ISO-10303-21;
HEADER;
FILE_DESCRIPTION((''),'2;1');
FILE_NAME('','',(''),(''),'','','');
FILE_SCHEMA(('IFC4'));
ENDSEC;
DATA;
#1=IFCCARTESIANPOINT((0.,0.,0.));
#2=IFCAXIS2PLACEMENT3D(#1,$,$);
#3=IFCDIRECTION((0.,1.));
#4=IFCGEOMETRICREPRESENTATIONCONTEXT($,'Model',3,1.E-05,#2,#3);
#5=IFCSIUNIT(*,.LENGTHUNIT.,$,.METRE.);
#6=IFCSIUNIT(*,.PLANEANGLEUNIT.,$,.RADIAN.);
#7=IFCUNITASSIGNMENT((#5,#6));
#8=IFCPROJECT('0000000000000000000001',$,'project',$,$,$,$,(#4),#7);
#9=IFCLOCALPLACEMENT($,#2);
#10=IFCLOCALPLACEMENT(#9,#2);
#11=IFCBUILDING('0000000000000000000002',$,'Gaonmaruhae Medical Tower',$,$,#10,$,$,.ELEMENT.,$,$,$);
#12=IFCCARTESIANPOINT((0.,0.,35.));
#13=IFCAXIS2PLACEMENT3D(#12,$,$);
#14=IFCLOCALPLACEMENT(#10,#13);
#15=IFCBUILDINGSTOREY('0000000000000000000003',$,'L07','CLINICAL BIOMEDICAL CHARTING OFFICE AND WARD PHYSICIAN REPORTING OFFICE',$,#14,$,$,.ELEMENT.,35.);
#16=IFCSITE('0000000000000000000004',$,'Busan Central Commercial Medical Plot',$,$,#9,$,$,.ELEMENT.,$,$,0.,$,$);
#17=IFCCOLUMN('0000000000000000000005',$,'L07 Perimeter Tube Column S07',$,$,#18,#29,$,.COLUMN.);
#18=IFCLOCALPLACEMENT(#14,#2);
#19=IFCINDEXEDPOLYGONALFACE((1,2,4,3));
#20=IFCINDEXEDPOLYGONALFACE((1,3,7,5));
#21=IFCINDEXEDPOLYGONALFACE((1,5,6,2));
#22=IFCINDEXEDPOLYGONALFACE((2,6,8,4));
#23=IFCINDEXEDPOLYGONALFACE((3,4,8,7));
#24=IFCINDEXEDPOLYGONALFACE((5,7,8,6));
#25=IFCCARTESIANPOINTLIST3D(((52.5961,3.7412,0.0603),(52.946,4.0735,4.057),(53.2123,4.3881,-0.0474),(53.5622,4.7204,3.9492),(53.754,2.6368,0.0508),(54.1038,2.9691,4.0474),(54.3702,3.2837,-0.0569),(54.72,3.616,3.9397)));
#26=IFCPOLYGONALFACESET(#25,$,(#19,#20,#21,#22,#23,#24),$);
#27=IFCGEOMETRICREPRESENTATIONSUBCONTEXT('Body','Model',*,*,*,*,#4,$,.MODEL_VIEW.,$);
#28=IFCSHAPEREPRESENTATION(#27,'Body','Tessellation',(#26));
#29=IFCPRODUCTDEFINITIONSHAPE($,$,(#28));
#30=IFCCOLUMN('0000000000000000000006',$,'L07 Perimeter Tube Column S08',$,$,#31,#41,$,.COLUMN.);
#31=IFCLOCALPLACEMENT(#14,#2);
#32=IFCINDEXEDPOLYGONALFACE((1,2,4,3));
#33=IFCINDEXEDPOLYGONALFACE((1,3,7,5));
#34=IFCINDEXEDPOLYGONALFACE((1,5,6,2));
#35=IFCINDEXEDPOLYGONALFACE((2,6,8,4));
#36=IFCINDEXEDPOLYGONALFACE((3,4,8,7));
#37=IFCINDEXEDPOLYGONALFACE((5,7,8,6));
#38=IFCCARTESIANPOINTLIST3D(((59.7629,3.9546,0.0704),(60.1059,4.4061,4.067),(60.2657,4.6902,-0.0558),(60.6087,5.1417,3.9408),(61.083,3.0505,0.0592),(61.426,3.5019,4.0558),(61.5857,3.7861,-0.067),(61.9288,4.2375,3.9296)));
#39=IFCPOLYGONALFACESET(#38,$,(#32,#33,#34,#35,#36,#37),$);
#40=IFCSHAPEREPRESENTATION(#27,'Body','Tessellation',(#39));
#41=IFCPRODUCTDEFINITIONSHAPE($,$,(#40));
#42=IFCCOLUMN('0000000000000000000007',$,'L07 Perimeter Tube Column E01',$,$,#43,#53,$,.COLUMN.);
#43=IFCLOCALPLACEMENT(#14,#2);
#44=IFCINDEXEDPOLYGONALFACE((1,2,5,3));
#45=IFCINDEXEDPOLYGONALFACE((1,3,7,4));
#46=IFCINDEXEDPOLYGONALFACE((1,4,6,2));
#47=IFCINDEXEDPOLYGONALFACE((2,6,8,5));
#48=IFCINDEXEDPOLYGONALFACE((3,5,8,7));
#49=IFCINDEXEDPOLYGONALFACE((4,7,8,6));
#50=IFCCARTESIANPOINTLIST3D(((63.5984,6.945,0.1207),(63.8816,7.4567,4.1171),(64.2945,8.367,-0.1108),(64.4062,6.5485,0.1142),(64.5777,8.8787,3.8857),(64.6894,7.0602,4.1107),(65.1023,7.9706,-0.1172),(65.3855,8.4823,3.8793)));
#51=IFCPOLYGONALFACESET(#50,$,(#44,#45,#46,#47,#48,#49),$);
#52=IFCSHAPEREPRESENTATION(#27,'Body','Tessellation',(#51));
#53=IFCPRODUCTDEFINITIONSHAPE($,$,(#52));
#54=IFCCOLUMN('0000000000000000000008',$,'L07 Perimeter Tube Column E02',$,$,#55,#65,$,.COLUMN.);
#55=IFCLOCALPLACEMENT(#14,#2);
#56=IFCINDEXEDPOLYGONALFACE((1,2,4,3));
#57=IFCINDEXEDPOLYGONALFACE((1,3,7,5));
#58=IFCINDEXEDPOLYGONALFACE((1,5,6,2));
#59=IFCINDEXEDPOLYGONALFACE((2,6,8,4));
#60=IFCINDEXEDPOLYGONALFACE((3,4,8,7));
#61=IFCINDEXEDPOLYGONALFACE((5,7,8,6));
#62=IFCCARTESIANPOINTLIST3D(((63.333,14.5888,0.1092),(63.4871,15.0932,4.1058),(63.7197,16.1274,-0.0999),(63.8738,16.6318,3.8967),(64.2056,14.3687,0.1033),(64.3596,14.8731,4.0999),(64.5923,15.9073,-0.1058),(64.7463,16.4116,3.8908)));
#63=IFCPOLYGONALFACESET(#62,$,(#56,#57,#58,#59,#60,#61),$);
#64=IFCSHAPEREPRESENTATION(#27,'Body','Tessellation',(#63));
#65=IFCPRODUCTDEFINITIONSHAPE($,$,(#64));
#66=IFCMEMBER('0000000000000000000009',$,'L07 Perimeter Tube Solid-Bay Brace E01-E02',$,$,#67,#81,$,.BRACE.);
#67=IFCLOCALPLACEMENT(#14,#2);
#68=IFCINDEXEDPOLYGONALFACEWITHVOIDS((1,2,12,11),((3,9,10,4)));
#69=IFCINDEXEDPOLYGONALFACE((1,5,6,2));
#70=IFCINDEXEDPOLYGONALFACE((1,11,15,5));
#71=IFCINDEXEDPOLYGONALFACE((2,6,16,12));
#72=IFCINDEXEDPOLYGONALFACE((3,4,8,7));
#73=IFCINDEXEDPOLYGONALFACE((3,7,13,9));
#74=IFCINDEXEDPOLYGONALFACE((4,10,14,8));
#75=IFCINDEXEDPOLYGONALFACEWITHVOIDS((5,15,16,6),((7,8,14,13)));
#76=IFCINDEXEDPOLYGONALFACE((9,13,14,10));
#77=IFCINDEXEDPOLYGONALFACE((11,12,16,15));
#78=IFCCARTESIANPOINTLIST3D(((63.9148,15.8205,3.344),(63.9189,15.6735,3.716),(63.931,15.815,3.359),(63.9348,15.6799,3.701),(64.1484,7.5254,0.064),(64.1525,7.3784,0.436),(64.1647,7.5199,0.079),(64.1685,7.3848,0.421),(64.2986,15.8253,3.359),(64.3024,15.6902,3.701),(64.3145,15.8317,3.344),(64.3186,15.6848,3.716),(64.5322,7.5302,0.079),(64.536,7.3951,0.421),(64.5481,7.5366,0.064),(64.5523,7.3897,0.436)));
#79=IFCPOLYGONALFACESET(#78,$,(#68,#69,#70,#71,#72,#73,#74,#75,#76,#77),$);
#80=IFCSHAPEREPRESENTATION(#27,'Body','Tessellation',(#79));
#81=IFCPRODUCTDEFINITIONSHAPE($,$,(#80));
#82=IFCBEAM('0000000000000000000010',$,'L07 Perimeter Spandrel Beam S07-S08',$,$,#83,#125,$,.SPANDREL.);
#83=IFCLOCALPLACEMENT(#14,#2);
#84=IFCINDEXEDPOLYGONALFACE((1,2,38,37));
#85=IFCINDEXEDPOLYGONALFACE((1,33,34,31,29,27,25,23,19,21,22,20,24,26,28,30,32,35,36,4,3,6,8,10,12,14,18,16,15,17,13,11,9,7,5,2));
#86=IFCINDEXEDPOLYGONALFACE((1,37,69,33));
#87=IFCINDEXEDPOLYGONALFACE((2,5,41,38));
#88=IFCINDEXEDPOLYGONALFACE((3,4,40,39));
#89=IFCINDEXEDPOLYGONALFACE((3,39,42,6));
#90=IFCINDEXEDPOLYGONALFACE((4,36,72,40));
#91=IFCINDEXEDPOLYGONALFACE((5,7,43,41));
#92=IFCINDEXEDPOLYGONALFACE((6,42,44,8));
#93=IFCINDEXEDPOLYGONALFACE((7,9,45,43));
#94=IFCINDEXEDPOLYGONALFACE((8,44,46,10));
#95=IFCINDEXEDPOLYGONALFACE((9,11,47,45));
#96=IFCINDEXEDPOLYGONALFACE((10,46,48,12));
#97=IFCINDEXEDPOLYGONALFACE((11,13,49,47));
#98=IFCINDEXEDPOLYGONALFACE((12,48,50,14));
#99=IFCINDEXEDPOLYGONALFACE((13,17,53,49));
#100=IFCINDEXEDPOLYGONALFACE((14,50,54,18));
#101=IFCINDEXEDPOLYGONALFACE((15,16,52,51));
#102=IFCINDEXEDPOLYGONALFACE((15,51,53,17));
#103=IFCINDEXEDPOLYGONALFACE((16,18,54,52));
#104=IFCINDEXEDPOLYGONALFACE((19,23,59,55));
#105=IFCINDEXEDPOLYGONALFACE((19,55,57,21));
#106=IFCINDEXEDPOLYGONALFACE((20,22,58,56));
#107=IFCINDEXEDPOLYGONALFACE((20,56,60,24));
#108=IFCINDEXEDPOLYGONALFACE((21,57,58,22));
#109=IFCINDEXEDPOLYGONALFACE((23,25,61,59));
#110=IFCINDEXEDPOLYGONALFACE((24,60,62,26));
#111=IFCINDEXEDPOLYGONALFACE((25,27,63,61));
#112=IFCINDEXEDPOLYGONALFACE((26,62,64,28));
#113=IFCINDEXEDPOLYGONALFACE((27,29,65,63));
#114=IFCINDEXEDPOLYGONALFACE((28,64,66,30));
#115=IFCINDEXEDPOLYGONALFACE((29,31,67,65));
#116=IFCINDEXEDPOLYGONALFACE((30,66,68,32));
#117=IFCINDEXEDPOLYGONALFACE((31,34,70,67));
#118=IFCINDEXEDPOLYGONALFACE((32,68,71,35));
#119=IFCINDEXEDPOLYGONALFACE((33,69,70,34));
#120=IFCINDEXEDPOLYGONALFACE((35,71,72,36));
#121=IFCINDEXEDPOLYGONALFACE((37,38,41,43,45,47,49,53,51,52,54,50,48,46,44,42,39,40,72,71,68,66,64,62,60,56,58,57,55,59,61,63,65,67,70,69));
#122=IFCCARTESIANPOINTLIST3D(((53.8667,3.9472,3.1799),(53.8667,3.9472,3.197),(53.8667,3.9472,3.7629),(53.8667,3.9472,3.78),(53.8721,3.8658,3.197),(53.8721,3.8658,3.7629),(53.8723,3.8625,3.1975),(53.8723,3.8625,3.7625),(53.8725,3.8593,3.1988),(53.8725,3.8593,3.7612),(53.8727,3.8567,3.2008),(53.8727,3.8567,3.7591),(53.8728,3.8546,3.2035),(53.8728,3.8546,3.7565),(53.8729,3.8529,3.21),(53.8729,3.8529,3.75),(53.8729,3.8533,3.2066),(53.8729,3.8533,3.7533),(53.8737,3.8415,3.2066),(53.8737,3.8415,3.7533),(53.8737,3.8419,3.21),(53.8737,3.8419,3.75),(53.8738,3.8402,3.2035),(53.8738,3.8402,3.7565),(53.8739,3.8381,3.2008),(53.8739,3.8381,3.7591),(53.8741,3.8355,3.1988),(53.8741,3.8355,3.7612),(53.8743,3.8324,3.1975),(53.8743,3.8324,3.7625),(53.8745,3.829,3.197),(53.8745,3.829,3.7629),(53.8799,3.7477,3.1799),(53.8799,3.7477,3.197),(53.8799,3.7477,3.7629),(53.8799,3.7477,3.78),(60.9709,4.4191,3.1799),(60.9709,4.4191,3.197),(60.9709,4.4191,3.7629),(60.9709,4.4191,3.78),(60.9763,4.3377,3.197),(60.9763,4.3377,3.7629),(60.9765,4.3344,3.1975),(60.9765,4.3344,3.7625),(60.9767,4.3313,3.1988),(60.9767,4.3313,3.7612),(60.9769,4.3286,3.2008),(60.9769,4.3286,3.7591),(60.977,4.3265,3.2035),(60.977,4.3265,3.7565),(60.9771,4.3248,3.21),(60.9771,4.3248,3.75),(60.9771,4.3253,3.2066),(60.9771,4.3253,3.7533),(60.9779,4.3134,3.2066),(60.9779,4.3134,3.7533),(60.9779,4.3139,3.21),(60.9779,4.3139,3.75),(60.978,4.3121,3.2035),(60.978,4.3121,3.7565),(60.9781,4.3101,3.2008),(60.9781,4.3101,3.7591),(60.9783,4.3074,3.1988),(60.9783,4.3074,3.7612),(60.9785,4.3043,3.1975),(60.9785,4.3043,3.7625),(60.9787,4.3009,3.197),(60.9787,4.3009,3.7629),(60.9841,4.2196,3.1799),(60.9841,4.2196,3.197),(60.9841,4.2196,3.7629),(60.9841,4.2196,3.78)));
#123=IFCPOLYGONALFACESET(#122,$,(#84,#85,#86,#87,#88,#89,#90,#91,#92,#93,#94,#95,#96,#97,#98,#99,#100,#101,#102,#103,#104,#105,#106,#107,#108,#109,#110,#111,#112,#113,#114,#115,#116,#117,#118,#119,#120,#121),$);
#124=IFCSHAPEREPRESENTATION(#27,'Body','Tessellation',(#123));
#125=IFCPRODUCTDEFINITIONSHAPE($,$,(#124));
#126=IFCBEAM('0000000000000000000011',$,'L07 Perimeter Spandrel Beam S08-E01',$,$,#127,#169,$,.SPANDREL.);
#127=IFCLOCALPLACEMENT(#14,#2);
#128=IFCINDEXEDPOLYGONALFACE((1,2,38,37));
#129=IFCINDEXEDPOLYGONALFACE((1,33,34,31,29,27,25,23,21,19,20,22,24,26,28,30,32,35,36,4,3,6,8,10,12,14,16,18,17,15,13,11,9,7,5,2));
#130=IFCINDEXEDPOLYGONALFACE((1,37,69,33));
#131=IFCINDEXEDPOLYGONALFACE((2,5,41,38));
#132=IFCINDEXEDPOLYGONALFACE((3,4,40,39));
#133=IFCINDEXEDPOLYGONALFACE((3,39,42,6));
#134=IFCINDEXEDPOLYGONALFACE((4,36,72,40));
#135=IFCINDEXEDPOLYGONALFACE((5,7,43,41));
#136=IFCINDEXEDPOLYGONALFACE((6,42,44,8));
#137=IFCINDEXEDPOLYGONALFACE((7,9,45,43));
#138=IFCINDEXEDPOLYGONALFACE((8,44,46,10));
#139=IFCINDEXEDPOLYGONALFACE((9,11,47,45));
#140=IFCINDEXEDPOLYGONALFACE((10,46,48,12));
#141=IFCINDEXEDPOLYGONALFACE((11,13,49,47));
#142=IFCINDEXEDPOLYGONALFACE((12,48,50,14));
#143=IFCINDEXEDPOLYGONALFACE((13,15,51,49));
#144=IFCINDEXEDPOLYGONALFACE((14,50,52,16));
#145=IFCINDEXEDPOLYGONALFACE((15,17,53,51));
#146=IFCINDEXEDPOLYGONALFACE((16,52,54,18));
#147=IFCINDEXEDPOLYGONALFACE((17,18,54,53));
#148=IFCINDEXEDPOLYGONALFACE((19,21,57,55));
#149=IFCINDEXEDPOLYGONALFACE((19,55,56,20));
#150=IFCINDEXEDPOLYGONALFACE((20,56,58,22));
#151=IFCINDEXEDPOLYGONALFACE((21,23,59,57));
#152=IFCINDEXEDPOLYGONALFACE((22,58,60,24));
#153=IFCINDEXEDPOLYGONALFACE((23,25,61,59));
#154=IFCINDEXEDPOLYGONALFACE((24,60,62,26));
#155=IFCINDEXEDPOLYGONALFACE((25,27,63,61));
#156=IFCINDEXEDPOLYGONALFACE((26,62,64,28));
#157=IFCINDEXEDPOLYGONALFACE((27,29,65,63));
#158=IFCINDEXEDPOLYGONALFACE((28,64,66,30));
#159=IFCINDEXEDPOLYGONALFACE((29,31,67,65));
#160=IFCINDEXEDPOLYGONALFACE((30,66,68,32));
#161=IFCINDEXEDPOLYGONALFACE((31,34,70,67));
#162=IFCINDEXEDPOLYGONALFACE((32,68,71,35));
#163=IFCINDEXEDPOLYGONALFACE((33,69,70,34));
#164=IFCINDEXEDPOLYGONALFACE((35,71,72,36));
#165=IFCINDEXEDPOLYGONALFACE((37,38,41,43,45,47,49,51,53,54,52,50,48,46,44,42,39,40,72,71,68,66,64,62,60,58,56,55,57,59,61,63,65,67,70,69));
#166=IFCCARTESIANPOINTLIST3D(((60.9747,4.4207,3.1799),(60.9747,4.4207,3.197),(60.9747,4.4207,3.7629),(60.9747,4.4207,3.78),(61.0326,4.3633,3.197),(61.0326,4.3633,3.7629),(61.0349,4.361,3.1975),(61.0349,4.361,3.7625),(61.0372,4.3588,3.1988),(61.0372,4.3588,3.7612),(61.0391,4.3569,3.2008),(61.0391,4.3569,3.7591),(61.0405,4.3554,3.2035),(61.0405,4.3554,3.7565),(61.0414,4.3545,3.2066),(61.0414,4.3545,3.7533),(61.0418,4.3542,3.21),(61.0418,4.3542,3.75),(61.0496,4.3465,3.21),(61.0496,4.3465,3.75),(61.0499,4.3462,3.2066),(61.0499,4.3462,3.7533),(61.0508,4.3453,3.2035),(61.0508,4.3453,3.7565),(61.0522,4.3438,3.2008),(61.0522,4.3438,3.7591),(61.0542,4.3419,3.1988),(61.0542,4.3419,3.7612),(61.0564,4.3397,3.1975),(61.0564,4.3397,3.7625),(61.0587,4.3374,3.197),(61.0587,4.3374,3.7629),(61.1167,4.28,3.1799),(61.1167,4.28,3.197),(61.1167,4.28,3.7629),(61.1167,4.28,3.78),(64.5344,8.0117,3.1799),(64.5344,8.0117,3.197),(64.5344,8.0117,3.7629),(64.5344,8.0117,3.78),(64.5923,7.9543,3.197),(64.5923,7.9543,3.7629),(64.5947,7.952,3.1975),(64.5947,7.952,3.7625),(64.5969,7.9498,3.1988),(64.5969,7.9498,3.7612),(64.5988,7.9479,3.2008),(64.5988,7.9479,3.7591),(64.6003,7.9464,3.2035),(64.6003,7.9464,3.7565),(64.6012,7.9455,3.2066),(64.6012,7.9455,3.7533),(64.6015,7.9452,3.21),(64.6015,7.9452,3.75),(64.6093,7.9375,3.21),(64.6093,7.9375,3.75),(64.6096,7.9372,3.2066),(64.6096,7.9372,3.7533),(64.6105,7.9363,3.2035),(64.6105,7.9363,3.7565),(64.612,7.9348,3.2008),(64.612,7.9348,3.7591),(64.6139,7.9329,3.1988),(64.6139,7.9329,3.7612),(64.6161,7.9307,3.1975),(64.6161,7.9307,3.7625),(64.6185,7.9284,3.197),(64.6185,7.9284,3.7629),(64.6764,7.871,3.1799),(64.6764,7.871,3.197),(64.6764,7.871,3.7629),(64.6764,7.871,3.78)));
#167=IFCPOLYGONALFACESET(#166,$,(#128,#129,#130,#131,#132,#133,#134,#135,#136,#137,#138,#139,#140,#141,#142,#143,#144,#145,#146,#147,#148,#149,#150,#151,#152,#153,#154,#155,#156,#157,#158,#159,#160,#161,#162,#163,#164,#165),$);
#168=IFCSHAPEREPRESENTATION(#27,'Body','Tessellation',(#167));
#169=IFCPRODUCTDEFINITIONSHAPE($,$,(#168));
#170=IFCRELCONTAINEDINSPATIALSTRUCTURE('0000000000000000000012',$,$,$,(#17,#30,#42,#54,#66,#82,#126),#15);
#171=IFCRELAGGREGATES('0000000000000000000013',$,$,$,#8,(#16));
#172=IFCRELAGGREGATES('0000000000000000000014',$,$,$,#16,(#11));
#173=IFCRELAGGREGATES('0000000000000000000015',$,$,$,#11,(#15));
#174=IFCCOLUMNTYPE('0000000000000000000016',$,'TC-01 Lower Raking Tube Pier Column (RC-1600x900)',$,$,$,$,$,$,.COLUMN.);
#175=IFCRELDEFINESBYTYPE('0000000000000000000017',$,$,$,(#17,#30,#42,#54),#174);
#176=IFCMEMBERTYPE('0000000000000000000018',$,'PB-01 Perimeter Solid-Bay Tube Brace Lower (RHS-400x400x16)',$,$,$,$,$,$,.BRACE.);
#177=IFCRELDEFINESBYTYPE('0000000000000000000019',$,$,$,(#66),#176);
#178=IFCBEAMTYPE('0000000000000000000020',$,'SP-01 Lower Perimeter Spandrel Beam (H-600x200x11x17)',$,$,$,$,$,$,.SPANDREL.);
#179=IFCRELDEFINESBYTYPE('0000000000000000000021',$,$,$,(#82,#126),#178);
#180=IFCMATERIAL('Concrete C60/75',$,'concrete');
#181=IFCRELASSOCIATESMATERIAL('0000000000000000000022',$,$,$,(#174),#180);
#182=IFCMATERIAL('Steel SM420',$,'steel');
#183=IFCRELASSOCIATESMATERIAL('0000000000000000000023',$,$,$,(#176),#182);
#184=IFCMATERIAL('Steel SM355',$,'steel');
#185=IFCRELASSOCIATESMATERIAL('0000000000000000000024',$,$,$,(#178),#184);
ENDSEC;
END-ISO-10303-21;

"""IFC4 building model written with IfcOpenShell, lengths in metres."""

from ifc_helpers import new_model, si_unit, direction, frame, origin, origin_2d, place, context, subcontext, project, spatial, rectangle, hollow_rectangle, i_section, extrude, material, material_profile, profile_set, type_object, element, save


model = new_model("IFC4")

# Units and contexts
model_context = context("Model", 3, precision=1e-05, world=origin(), true_north=direction((0.0, 1.0)))
body_context = subcontext(model_context, "Body", "Model", "MODEL_VIEW")
ifc_project = project(units=[si_unit("LENGTHUNIT", "METRE"), si_unit("PLANEANGLEUNIT", "RADIAN")], contexts=[model_context])

# Site, building, storey
site_placement = place(None, origin())
site = spatial("IfcSite", under=ifc_project, at=site_placement, Name="Busan Central Commercial Medical Plot", CompositionType="ELEMENT", RefElevation=0.0)
building_placement = place(site_placement, origin())
building = spatial("IfcBuilding", under=site, at=building_placement, Name="Gaonmaruhae Medical Tower", CompositionType="ELEMENT")
storey_placement = place(building_placement, frame((0.0, 0.0, 35.0)))
storey = spatial("IfcBuildingStorey", under=building, at=storey_placement, Name="L07", Description="CLINICAL BIOMEDICAL CHARTING OFFICE AND WARD PHYSICIAN REPORTING OFFICE", CompositionType="ELEMENT", Elevation=35.0)

# Columns
ifc_material_1 = material(Name="Concrete C60/75", Category="concrete")
ifc_material_profile_1 = material_profile(ifc_material_1, rectangle(XDim=1.6001, YDim=0.8999, at=origin_2d()), Name="RC-1600x900")
ifc_profile_set_1 = profile_set([ifc_material_profile_1], Name="Concrete C60/75")
column_type = type_object("IfcColumnType", Name="TC-01 Lower Raking Tube Pier Column (RC-1600x900)", PredefinedType="COLUMN", material=ifc_profile_set_1)
column_1_placement = place(storey_placement, frame((53.4832, 3.5125, 0.0017), z_axis=(0.086907, 0.082541, 0.992791), x_axis=(-0.723597, 0.690197, 0.005959)))
element("IfcColumn", 1, at=column_1_placement, inside=storey, type_object=column_type, Name="L07 Perimeter Tube Column S07", PredefinedType="COLUMN", context=body_context, shape_type="SweptSolid", body=[
    extrude(rectangle(XDim=1.6001, YDim=0.8999, at=origin_2d()), origin(), (0.0, 0.0, 1.0), 4.0256),
])
column_2_placement = place(storey_placement, frame((60.6743, 3.8704, 0.0017), z_axis=(0.084977, 0.111831, 0.990087), x_axis=(-0.825011, 0.565073, 0.006984)))
element("IfcColumn", 2, at=column_2_placement, inside=storey, type_object=column_type, Name="L07 Perimeter Tube Column S08", PredefinedType="COLUMN", context=body_context, shape_type="SweptSolid", body=[
    extrude(rectangle(XDim=1.6001, YDim=0.8999, at=origin_2d()), origin(), (0.0, 0.0, 1.0), 4.0366),
])
column_3_placement = place(storey_placement, frame((64.3503, 7.4578, 0.0017), z_axis=(0.070115, 0.12669, 0.989461), x_axis=(-0.435025, -0.888728, 0.144618)))
element("IfcColumn", 3, at=column_3_placement, inside=storey, type_object=column_type, Name="L07 Perimeter Tube Column E01", PredefinedType="COLUMN", context=body_context, shape_type="SweptSolid", body=[
    extrude(rectangle(XDim=1.6001, YDim=0.8999, at=origin_2d()), origin(), (0.0, 0.0, 1.0), 4.0391),
])
column_4_placement = place(storey_placement, frame((63.9626, 15.248, 0.0017), z_axis=(0.038215, 0.125122, 0.991405), x_axis=(-0.241679, -0.961518, 0.130666)))
element("IfcColumn", 4, at=column_4_placement, inside=storey, type_object=column_type, Name="L07 Perimeter Tube Column E02", PredefinedType="COLUMN", context=body_context, shape_type="SweptSolid", body=[
    extrude(rectangle(XDim=1.6001, YDim=0.8999, at=origin_2d()), origin(), (0.0, 0.0, 1.0), 4.0312),
])

# Member
ifc_material_2 = material(Name="Steel SM420", Category="steel")
ifc_material_profile_2 = material_profile(ifc_material_2, hollow_rectangle(XDim=0.3999, YDim=0.3999, WallThickness=0.0161, at=origin_2d()), Name="RHS-400x400x16")
ifc_profile_set_2 = profile_set([ifc_material_profile_2], Name="Steel SM420")
member_type = type_object("IfcMemberType", Name="PB-01 Perimeter Solid-Bay Tube Brace Lower (RHS-400x400x16)", PredefinedType="BRACE", material=ifc_profile_set_2)
member_placement = place(storey_placement, frame((64.3503, 7.4575, 0.25), z_axis=(-0.026184, 0.929621, 0.367586), x_axis=(-0.999604, -0.028155, 0.0)))
element("IfcMember", 5, at=member_placement, inside=storey, type_object=member_type, Name="L07 Perimeter Tube Solid-Bay Brace E01-E02", PredefinedType="BRACE", context=body_context, shape_type="SweptSolid", body=[
    extrude(hollow_rectangle(XDim=0.3999, YDim=0.3999, WallThickness=0.0161, at=origin_2d()), origin(), (0.0, 0.0, 1.0), 8.9231),
])

# Beams
ifc_material_3 = material(Name="Steel SM355", Category="steel")
ifc_material_profile_3 = material_profile(ifc_material_3, i_section(OverallWidth=0.2, OverallDepth=0.6001, WebThickness=0.011, FlangeThickness=0.0171, FilletRadius=0.0129, at=origin_2d()), Name="H-600x200x11x17")
ifc_profile_set_3 = profile_set([ifc_material_profile_3], Name="Steel SM355")
beam_type = type_object("IfcBeamType", Name="SP-01 Lower Perimeter Spandrel Beam (H-600x200x11x17)", PredefinedType="SPANDREL", material=ifc_profile_set_3)
beam_1_placement = place(storey_placement, frame((53.8733, 3.8474, 3.48), z_axis=(0.997801, 0.066282, 0.0), x_axis=(-0.066282, 0.997801, 0.0)))
element("IfcBeam", 6, at=beam_1_placement, inside=storey, type_object=beam_type, Name="L07 Perimeter Spandrel Beam S07-S08", PredefinedType="SPANDREL", context=body_context, shape_type="SweptSolid", body=[
    extrude(i_section(OverallWidth=0.2, OverallDepth=0.6001, WebThickness=0.011, FlangeThickness=0.0171, FilletRadius=0.0129, at=origin_2d()), origin(), (0.0, 0.0, 1.0), 7.1199),
])
beam_2_placement = place(storey_placement, frame((61.0457, 4.3503, 3.48), z_axis=(0.70401, 0.71019, 0.0), x_axis=(-0.71019, 0.70401, 0.0)))
element("IfcBeam", 7, at=beam_2_placement, inside=storey, type_object=beam_type, Name="L07 Perimeter Spandrel Beam S08-E01", PredefinedType="SPANDREL", context=body_context, shape_type="SweptSolid", body=[
    extrude(i_section(OverallWidth=0.2, OverallDepth=0.6001, WebThickness=0.011, FlangeThickness=0.0171, FilletRadius=0.0129, at=origin_2d()), origin(), (0.0, 0.0, 1.0), 5.0564),
])

save(model, "model.ifc")
